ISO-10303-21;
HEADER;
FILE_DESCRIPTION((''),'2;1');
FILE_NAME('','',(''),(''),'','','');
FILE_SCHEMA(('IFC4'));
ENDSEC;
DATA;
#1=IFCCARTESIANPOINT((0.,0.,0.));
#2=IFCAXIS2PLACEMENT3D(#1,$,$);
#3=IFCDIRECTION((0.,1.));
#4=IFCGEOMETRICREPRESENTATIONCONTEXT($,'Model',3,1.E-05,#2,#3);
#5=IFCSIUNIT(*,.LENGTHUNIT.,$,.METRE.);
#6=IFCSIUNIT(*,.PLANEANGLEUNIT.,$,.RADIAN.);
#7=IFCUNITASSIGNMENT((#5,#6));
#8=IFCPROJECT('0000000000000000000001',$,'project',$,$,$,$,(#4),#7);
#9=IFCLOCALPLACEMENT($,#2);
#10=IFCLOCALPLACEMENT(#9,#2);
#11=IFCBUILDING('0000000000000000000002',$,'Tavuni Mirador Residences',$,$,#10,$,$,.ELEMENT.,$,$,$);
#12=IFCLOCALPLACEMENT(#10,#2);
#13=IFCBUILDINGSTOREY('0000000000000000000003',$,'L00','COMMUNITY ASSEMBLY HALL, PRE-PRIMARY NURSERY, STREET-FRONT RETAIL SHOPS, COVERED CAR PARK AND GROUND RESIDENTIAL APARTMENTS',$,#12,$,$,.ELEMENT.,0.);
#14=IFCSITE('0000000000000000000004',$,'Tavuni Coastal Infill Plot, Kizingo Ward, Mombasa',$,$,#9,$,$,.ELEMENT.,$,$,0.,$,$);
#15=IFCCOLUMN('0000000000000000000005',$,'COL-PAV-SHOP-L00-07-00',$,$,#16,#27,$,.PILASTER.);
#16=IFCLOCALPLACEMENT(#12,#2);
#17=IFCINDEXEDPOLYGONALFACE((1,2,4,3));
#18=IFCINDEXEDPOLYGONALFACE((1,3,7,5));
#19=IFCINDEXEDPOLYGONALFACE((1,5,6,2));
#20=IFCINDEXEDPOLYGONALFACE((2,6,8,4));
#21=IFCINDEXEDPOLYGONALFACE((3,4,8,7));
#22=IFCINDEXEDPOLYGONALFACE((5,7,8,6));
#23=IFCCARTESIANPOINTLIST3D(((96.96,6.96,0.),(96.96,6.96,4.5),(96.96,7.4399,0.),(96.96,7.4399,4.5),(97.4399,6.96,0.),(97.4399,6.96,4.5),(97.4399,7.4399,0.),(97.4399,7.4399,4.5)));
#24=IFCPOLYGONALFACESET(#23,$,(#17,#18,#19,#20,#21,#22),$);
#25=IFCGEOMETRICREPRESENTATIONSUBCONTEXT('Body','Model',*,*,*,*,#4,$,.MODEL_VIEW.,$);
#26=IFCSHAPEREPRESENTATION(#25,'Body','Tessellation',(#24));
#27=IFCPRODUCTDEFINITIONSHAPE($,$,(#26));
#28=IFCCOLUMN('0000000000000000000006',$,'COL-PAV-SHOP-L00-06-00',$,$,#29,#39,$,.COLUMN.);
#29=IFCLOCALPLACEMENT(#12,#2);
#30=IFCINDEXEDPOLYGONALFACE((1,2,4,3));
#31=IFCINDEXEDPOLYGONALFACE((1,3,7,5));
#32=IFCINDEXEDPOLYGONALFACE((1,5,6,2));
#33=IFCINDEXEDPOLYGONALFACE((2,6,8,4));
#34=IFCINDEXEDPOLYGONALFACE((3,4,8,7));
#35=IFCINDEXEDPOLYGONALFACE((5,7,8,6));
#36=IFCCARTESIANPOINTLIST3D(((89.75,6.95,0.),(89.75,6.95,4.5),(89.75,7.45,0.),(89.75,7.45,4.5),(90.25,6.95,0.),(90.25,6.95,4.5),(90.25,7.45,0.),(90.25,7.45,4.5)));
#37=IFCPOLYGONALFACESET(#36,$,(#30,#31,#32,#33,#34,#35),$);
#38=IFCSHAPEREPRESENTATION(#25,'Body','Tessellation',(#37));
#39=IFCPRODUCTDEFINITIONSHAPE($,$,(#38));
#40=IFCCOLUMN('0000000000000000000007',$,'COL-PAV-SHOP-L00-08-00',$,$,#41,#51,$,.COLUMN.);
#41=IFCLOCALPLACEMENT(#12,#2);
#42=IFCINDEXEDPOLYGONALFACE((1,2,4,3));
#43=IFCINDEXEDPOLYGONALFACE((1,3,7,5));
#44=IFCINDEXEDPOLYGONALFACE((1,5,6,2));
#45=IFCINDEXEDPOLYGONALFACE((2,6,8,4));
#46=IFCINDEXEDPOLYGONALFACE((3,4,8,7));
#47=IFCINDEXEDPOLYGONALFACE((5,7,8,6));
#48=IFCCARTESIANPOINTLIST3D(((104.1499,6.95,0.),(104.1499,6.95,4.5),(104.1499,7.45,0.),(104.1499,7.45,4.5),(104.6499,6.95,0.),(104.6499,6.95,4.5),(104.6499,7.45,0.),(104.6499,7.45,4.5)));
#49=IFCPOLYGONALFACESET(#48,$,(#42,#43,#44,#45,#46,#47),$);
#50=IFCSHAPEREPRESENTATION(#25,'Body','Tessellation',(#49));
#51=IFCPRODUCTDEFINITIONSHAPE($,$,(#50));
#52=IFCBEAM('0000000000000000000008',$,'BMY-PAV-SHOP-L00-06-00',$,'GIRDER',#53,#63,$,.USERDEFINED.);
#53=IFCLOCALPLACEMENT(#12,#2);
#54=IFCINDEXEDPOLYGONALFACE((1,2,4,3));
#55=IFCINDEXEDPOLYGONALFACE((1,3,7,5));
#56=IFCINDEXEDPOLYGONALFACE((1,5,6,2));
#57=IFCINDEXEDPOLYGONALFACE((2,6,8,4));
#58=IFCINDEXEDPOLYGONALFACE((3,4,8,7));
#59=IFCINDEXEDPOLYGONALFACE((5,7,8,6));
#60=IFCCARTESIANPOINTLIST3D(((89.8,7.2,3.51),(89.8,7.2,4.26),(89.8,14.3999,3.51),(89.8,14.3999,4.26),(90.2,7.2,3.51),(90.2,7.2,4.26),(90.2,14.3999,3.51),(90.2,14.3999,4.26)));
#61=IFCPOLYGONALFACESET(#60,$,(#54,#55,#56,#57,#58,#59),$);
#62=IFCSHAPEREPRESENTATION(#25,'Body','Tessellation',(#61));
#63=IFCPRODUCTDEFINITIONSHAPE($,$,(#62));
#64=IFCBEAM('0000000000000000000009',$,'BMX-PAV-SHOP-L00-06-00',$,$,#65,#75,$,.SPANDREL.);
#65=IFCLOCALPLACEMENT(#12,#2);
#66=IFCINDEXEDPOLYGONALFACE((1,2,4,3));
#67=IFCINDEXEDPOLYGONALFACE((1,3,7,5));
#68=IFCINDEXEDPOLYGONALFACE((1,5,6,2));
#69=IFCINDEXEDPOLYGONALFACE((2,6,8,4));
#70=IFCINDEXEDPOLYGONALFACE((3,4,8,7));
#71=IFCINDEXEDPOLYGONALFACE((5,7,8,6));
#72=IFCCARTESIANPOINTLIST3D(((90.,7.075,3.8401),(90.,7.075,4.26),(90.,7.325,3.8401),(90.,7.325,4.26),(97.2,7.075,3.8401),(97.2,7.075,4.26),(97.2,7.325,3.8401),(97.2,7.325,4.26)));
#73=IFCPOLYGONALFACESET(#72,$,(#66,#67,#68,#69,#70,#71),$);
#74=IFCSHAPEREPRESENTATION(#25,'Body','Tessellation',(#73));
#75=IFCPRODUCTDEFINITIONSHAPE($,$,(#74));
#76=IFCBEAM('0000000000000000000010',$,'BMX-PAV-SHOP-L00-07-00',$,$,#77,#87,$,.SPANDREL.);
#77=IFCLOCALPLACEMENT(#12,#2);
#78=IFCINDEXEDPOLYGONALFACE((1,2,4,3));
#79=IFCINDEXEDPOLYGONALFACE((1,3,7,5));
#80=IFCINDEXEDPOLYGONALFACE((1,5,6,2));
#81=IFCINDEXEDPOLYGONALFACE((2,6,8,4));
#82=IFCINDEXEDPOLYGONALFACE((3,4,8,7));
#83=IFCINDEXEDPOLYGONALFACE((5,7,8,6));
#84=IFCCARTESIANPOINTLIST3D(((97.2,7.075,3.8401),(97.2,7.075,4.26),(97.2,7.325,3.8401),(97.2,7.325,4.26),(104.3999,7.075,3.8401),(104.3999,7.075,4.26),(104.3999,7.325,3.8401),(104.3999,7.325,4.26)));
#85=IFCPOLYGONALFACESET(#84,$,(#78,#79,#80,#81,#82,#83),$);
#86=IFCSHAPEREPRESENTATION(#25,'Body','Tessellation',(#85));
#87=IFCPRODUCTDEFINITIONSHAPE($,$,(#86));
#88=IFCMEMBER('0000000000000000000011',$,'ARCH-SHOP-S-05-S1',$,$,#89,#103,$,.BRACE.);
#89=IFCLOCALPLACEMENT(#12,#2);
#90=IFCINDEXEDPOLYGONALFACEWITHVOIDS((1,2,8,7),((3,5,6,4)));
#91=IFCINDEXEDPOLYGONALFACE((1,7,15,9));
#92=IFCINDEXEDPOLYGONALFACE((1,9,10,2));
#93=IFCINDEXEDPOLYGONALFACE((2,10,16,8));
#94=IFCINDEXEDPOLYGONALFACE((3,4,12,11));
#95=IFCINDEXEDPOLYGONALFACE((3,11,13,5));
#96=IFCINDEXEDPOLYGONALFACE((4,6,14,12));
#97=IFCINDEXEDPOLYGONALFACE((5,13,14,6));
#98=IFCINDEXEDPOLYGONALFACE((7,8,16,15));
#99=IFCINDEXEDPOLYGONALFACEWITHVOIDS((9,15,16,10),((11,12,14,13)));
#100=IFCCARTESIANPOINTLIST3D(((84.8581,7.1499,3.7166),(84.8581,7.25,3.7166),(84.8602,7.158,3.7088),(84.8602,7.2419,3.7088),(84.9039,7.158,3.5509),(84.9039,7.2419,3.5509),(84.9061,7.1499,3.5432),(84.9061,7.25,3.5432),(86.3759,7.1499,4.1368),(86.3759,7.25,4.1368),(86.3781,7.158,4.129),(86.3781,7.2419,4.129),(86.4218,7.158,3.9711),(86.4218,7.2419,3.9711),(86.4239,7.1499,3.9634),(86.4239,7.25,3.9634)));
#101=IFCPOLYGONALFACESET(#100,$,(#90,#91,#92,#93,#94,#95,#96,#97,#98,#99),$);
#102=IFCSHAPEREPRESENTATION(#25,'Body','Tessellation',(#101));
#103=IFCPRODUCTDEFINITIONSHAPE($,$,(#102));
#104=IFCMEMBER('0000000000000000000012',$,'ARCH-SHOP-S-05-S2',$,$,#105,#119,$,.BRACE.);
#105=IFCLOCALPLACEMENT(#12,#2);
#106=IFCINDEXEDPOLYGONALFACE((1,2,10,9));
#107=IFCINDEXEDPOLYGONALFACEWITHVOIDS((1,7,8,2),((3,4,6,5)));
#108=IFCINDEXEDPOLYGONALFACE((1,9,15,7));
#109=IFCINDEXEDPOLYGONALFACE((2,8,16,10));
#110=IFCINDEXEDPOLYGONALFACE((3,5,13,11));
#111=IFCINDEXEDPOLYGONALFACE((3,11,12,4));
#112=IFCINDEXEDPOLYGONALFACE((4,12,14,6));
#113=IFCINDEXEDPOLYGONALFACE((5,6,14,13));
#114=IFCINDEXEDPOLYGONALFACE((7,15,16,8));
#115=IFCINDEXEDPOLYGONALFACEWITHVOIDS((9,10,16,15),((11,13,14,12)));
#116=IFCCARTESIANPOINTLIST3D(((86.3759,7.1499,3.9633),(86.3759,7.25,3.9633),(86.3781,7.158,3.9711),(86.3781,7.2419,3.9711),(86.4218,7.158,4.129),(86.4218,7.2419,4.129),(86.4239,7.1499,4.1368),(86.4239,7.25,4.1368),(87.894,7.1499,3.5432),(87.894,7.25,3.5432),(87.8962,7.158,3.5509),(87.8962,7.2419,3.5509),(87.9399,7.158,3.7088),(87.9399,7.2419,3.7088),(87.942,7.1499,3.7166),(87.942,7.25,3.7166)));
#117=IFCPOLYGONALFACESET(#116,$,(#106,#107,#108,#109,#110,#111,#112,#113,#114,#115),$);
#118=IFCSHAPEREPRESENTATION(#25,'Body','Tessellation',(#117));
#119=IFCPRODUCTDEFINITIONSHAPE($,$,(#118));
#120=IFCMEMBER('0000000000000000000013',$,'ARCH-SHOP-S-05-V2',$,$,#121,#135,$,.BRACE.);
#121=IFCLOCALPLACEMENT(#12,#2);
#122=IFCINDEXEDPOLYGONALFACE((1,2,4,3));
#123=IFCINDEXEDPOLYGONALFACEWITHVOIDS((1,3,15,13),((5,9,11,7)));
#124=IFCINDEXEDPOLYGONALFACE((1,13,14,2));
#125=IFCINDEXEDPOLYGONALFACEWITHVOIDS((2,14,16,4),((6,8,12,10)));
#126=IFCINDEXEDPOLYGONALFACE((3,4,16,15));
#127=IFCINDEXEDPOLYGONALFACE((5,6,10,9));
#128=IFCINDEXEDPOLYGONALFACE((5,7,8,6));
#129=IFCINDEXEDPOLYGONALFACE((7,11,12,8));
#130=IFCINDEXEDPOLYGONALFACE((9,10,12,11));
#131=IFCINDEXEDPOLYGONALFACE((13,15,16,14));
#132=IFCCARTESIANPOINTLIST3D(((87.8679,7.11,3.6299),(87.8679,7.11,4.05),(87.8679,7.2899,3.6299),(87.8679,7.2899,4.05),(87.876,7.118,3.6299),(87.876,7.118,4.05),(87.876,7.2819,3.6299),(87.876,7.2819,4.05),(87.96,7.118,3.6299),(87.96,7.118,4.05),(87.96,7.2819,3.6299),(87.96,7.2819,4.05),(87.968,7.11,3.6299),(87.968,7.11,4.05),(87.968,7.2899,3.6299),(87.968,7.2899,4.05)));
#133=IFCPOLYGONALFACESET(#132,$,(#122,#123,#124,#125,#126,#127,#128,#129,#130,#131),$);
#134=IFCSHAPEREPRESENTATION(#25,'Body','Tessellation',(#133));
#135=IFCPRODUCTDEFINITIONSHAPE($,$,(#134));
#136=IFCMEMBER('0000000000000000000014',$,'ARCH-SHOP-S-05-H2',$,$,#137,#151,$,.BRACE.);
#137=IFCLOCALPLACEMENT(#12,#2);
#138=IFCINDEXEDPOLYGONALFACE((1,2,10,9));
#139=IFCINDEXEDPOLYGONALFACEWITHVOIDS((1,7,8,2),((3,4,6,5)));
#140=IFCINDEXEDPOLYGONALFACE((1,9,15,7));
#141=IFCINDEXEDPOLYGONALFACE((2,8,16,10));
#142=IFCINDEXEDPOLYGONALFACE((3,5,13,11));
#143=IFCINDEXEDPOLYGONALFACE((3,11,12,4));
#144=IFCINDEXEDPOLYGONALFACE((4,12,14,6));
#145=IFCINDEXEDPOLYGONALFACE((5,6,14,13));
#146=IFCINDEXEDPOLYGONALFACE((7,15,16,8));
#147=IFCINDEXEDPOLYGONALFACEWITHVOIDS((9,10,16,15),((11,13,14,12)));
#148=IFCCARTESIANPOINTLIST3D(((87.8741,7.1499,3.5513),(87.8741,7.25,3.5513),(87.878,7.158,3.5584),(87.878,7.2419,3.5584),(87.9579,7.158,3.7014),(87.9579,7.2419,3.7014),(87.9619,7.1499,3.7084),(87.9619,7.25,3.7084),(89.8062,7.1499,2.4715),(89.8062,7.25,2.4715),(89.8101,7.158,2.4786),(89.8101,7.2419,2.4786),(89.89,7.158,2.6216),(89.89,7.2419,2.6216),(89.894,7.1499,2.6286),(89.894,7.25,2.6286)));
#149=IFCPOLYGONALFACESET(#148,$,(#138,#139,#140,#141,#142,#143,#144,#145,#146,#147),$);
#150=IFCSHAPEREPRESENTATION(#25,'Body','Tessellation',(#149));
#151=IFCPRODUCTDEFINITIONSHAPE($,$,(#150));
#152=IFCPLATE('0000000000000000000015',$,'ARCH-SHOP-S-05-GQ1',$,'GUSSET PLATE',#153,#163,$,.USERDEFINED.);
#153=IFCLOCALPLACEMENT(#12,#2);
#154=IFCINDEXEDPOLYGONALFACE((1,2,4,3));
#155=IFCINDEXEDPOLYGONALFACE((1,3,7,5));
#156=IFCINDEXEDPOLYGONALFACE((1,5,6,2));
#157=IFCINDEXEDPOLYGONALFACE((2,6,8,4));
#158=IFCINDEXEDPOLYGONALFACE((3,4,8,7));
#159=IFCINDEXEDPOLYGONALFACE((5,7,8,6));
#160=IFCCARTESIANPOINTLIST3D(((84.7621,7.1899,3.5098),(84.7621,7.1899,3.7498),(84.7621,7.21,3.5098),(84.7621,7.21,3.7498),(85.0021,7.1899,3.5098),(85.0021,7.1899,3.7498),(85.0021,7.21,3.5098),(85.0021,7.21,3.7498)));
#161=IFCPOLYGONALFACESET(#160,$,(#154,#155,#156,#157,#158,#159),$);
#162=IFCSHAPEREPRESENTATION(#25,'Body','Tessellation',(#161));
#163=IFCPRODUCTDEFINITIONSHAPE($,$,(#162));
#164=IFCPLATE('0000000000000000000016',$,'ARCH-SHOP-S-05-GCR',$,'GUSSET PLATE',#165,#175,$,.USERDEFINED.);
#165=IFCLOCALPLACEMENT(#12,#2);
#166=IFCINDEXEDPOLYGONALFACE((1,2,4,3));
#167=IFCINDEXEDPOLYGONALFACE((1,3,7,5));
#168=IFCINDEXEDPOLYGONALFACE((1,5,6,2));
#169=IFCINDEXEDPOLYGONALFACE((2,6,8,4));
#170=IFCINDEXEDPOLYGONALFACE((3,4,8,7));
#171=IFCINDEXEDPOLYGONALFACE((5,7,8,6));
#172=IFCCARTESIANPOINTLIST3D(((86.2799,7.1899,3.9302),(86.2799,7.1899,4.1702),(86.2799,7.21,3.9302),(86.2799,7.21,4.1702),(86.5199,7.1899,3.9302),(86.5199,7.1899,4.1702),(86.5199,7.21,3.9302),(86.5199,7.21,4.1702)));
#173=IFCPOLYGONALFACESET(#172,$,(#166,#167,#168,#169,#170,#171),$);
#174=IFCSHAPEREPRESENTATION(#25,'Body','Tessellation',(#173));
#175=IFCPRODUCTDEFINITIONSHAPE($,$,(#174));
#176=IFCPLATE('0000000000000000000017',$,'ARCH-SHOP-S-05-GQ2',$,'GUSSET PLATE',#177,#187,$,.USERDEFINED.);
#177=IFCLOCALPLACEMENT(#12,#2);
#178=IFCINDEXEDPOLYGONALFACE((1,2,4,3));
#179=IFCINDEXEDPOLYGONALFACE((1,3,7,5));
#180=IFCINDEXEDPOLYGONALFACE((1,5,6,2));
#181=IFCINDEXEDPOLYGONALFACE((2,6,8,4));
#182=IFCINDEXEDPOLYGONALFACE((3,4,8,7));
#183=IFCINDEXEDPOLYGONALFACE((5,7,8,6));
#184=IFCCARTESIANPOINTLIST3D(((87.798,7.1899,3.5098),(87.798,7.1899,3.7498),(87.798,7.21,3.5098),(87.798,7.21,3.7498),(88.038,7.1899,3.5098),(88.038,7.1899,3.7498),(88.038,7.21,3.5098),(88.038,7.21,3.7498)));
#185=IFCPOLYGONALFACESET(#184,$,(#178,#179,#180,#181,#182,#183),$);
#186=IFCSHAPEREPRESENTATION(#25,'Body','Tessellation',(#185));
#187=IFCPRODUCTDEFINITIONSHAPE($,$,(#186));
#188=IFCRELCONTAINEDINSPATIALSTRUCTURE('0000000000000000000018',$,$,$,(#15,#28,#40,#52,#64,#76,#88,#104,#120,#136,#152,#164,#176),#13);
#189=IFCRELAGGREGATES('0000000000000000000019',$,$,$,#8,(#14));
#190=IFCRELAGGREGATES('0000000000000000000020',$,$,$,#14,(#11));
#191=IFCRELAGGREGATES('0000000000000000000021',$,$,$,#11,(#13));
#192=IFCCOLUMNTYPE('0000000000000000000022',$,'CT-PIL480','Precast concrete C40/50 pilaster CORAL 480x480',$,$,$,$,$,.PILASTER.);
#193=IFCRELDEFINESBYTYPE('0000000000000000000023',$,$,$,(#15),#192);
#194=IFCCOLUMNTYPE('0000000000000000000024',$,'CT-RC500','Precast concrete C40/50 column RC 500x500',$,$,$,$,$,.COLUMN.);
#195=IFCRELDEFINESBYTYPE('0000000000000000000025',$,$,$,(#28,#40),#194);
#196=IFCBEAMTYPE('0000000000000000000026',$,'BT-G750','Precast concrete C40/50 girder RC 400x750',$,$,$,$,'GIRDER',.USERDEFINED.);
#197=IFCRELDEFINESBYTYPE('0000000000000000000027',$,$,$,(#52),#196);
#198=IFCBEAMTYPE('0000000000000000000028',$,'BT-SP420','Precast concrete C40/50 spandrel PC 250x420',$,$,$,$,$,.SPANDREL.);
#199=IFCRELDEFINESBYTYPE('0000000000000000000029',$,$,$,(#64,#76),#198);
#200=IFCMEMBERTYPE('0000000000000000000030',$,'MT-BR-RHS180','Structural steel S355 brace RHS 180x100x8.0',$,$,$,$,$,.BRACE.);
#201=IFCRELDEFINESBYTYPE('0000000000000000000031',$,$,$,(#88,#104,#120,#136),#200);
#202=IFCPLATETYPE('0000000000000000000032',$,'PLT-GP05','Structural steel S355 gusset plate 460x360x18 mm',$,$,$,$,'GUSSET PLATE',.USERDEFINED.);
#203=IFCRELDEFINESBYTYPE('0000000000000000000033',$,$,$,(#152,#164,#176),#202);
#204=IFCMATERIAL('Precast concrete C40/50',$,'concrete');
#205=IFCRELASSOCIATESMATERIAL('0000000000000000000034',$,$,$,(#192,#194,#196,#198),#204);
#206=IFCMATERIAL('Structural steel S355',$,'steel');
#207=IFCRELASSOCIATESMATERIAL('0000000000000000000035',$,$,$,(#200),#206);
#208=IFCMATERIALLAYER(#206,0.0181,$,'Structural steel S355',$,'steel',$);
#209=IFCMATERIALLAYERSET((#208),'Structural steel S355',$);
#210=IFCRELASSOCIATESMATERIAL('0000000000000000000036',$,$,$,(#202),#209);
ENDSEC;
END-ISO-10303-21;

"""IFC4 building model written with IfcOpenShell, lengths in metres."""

from ifc_helpers import new_model, si_unit, direction, frame, origin, origin_2d, place, context, subcontext, project, spatial, rectangle, hollow_rectangle, extrude, material, layer, layer_set, material_profile, profile_set, type_object, element, save


model = new_model("IFC4")

# Units and contexts
model_context = context("Model", 3, precision=1e-05, world=origin(), true_north=direction((0.0, 1.0)))
body_context = subcontext(model_context, "Body", "Model", "MODEL_VIEW")
ifc_project = project(units=[si_unit("LENGTHUNIT", "METRE"), si_unit("PLANEANGLEUNIT", "RADIAN")], contexts=[model_context])

# Site, building, storey
site_placement = place(None, origin())
site = spatial("IfcSite", under=ifc_project, at=site_placement, Name="Tavuni Coastal Infill Plot, Kizingo Ward, Mombasa", CompositionType="ELEMENT", RefElevation=0.0)
building_placement = place(site_placement, origin())
building = spatial("IfcBuilding", under=site, at=building_placement, Name="Tavuni Mirador Residences", CompositionType="ELEMENT")
storey_placement = place(building_placement, origin())
storey = spatial("IfcBuildingStorey", under=building, at=storey_placement, Name="L00", Description="COMMUNITY ASSEMBLY HALL, PRE-PRIMARY NURSERY, STREET-FRONT RETAIL SHOPS, COVERED CAR PARK AND GROUND RESIDENTIAL APARTMENTS", CompositionType="ELEMENT", Elevation=0.0)

# Columns
ifc_material_1 = material(Name="Precast concrete C40/50", Category="concrete")
ifc_material_profile_1 = material_profile(ifc_material_1, rectangle(XDim=0.48, YDim=0.48, at=origin_2d()), Name="CORAL 480x480", Category="concrete")
ifc_profile_set_1 = profile_set([ifc_material_profile_1], Name="Precast concrete C40/50")
column_type_1 = type_object("IfcColumnType", Name="CT-PIL480", Description="Precast concrete C40/50 pilaster CORAL 480x480", PredefinedType="PILASTER", material=ifc_profile_set_1)
column_placement = place(storey_placement, frame((97.2, 7.2, 0.0), z_axis=(0.0, 0.0, 1.0), x_axis=(1.0, 0.0, 0.0)))
element("IfcColumn", 1, at=column_placement, inside=storey, type_object=column_type_1, Name="COL-PAV-SHOP-L00-07-00", PredefinedType="PILASTER", context=body_context, shape_type="SweptSolid", body=[
    extrude(rectangle(XDim=0.48, YDim=0.48, at=origin_2d()), origin(), (0.0, 0.0, 1.0), 4.5),
])
ifc_material_profile_2 = material_profile(ifc_material_1, rectangle(XDim=0.5, YDim=0.5, at=origin_2d()), Name="RC 500x500", Category="concrete")
ifc_profile_set_2 = profile_set([ifc_material_profile_2], Name="Precast concrete C40/50")
column_type_2 = type_object("IfcColumnType", Name="CT-RC500", Description="Precast concrete C40/50 column RC 500x500", PredefinedType="COLUMN", material=ifc_profile_set_2)
for number, where, z_axis, x_axis, name in (
    (2, (90.0, 7.2, 0.0), (0.0, 0.0, 1.0), (1.0, 0.0, 0.0), "COL-PAV-SHOP-L00-06-00"),
    (3, (104.3999, 7.2, 0.0), (0.0, 0.0, 1.0), (1.0, 0.0, 0.0), "COL-PAV-SHOP-L00-08-00"),
):
    element("IfcColumn", number, at=place(storey_placement, frame(where, z_axis=z_axis, x_axis=x_axis)), inside=storey, type_object=column_type_2, Name=name, PredefinedType="COLUMN", context=body_context, shape_type="SweptSolid", body=[
        extrude(rectangle(XDim=0.5, YDim=0.5, at=origin_2d()), origin(), (0.0, 0.0, 1.0), 4.5),
    ])

# Beams
ifc_material_profile_3 = material_profile(ifc_material_1, rectangle(XDim=0.3999, YDim=0.75, at=origin_2d()), Name="RC 400x750", Category="concrete")
ifc_profile_set_3 = profile_set([ifc_material_profile_3], Name="Precast concrete C40/50")
beam_type_1 = type_object("IfcBeamType", Name="BT-G750", Description="Precast concrete C40/50 girder RC 400x750", ElementType="GIRDER", PredefinedType="USERDEFINED", material=ifc_profile_set_3)
beam_placement = place(storey_placement, frame((90.0, 7.2, 3.885), z_axis=(0.0, 1.0, 0.0), x_axis=(-1.0, 0.0, 0.0)))
element("IfcBeam", 4, at=beam_placement, inside=storey, type_object=beam_type_1, Name="BMY-PAV-SHOP-L00-06-00", ObjectType="GIRDER", PredefinedType="USERDEFINED", context=body_context, shape_type="SweptSolid", body=[
    extrude(rectangle(XDim=0.3999, YDim=0.75, at=origin_2d()), origin(), (0.0, 0.0, 1.0), 7.2),
])
ifc_material_profile_4 = material_profile(ifc_material_1, rectangle(XDim=0.25, YDim=0.4199, at=origin_2d()), Name="PC 250x420", Category="concrete")
ifc_profile_set_4 = profile_set([ifc_material_profile_4], Name="Precast concrete C40/50")
beam_type_2 = type_object("IfcBeamType", Name="BT-SP420", Description="Precast concrete C40/50 spandrel PC 250x420", PredefinedType="SPANDREL", material=ifc_profile_set_4)
for number, where, z_axis, x_axis, name in (
    (5, (90.0, 7.2, 4.05), (1.0, 0.0, 0.0), (0.0, 1.0, 0.0), "BMX-PAV-SHOP-L00-06-00"),
    (6, (97.2, 7.2, 4.05), (1.0, 0.0, 0.0), (0.0, 1.0, 0.0), "BMX-PAV-SHOP-L00-07-00"),
):
    element("IfcBeam", number, at=place(storey_placement, frame(where, z_axis=z_axis, x_axis=x_axis)), inside=storey, type_object=beam_type_2, Name=name, PredefinedType="SPANDREL", context=body_context, shape_type="SweptSolid", body=[
        extrude(rectangle(XDim=0.25, YDim=0.4199, at=origin_2d()), origin(), (0.0, 0.0, 1.0), 7.2),
    ])

# Members
ifc_material_2 = material(Name="Structural steel S355", Category="steel")
ifc_material_profile_5 = material_profile(ifc_material_2, hollow_rectangle(XDim=0.1001, YDim=0.1799, WallThickness=0.0081, at=origin_2d()), Name="RHS 180x100x8.0", Category="steel")
ifc_profile_set_5 = profile_set([ifc_material_profile_5], Name="Structural steel S355")
member_type = type_object("IfcMemberType", Name="MT-BR-RHS180", Description="Structural steel S355 brace RHS 180x100x8.0", PredefinedType="BRACE", material=ifc_profile_set_5)
member_1_placement = place(storey_placement, frame((84.8821, 7.2, 3.6299), z_axis=(0.963755, 0.0, 0.266788), x_axis=(0.0, 1.0, 0.0)))
element("IfcMember", 7, at=member_1_placement, inside=storey, type_object=member_type, Name="ARCH-SHOP-S-05-S1", PredefinedType="BRACE", context=body_context, shape_type="SweptSolid", body=[
    extrude(hollow_rectangle(XDim=0.1001, YDim=0.1799, WallThickness=0.0081, at=origin_2d()), origin(), (0.0, 0.0, 1.0), 1.575),
])
member_2_placement = place(storey_placement, frame((86.3999, 7.2, 4.05), z_axis=(0.963766, 0.0, -0.266748), x_axis=(0.0, 1.0, 0.0)))
element("IfcMember", 8, at=member_2_placement, inside=storey, type_object=member_type, Name="ARCH-SHOP-S-05-S2", PredefinedType="BRACE", context=body_context, shape_type="SweptSolid", body=[
    extrude(hollow_rectangle(XDim=0.1001, YDim=0.1799, WallThickness=0.0081, at=origin_2d()), origin(), (0.0, 0.0, 1.0), 1.5752),
])
member_3_placement = place(storey_placement, frame((87.918, 7.2, 3.6299), z_axis=(0.0, 0.0, 1.0), x_axis=(1.0, 0.0, 0.0)))
element("IfcMember", 9, at=member_3_placement, inside=storey, type_object=member_type, Name="ARCH-SHOP-S-05-V2", PredefinedType="BRACE", context=body_context, shape_type="SweptSolid", body=[
    extrude(hollow_rectangle(XDim=0.1001, YDim=0.1799, WallThickness=0.0081, at=origin_2d()), origin(), (0.0, 0.0, 1.0), 0.4202),
])
member_4_placement = place(storey_placement, frame((87.918, 7.2, 3.6299), z_axis=(0.872921, 0.0, -0.487861), x_axis=(0.0, 1.0, 0.0)))
element("IfcMember", 10, at=member_4_placement, inside=storey, type_object=member_type, Name="ARCH-SHOP-S-05-H2", PredefinedType="BRACE", context=body_context, shape_type="SweptSolid", body=[
    extrude(hollow_rectangle(XDim=0.1001, YDim=0.1799, WallThickness=0.0081, at=origin_2d()), origin(), (0.0, 0.0, 1.0), 2.2134),
])

# Plates
ifc_layer_1 = layer(ifc_material_2, 0.0181, Name="Structural steel S355", Category="steel")
ifc_layer_set_1 = layer_set([ifc_layer_1], Name="Structural steel S355")
plate_type = type_object("IfcPlateType", Name="PLT-GP05", Description="Structural steel S355 gusset plate 460x360x18 mm", ElementType="GUSSET PLATE", PredefinedType="USERDEFINED", material=ifc_layer_set_1)
for number, where, z_axis, x_axis, name in (
    (11, (84.8821, 7.2, 3.5098), (0.0, 0.0, 1.0), (1.0, 0.0, 0.0), "ARCH-SHOP-S-05-GQ1"),
    (12, (86.3999, 7.2, 3.9302), (0.0, 0.0, 1.0), (1.0, 0.0, 0.0), "ARCH-SHOP-S-05-GCR"),
    (13, (87.918, 7.2, 3.5098), (0.0, 0.0, 1.0), (1.0, 0.0, 0.0), "ARCH-SHOP-S-05-GQ2"),
):
    element("IfcPlate", number, at=place(storey_placement, frame(where, z_axis=z_axis, x_axis=x_axis)), inside=storey, type_object=plate_type, Name=name, ObjectType="GUSSET PLATE", PredefinedType="USERDEFINED", context=body_context, shape_type="SweptSolid", body=[
        extrude(rectangle(XDim=0.24, YDim=0.02, at=origin_2d()), origin(), (0.0, 0.0, 1.0), 0.24),
    ])

save(model, "model.ifc")
